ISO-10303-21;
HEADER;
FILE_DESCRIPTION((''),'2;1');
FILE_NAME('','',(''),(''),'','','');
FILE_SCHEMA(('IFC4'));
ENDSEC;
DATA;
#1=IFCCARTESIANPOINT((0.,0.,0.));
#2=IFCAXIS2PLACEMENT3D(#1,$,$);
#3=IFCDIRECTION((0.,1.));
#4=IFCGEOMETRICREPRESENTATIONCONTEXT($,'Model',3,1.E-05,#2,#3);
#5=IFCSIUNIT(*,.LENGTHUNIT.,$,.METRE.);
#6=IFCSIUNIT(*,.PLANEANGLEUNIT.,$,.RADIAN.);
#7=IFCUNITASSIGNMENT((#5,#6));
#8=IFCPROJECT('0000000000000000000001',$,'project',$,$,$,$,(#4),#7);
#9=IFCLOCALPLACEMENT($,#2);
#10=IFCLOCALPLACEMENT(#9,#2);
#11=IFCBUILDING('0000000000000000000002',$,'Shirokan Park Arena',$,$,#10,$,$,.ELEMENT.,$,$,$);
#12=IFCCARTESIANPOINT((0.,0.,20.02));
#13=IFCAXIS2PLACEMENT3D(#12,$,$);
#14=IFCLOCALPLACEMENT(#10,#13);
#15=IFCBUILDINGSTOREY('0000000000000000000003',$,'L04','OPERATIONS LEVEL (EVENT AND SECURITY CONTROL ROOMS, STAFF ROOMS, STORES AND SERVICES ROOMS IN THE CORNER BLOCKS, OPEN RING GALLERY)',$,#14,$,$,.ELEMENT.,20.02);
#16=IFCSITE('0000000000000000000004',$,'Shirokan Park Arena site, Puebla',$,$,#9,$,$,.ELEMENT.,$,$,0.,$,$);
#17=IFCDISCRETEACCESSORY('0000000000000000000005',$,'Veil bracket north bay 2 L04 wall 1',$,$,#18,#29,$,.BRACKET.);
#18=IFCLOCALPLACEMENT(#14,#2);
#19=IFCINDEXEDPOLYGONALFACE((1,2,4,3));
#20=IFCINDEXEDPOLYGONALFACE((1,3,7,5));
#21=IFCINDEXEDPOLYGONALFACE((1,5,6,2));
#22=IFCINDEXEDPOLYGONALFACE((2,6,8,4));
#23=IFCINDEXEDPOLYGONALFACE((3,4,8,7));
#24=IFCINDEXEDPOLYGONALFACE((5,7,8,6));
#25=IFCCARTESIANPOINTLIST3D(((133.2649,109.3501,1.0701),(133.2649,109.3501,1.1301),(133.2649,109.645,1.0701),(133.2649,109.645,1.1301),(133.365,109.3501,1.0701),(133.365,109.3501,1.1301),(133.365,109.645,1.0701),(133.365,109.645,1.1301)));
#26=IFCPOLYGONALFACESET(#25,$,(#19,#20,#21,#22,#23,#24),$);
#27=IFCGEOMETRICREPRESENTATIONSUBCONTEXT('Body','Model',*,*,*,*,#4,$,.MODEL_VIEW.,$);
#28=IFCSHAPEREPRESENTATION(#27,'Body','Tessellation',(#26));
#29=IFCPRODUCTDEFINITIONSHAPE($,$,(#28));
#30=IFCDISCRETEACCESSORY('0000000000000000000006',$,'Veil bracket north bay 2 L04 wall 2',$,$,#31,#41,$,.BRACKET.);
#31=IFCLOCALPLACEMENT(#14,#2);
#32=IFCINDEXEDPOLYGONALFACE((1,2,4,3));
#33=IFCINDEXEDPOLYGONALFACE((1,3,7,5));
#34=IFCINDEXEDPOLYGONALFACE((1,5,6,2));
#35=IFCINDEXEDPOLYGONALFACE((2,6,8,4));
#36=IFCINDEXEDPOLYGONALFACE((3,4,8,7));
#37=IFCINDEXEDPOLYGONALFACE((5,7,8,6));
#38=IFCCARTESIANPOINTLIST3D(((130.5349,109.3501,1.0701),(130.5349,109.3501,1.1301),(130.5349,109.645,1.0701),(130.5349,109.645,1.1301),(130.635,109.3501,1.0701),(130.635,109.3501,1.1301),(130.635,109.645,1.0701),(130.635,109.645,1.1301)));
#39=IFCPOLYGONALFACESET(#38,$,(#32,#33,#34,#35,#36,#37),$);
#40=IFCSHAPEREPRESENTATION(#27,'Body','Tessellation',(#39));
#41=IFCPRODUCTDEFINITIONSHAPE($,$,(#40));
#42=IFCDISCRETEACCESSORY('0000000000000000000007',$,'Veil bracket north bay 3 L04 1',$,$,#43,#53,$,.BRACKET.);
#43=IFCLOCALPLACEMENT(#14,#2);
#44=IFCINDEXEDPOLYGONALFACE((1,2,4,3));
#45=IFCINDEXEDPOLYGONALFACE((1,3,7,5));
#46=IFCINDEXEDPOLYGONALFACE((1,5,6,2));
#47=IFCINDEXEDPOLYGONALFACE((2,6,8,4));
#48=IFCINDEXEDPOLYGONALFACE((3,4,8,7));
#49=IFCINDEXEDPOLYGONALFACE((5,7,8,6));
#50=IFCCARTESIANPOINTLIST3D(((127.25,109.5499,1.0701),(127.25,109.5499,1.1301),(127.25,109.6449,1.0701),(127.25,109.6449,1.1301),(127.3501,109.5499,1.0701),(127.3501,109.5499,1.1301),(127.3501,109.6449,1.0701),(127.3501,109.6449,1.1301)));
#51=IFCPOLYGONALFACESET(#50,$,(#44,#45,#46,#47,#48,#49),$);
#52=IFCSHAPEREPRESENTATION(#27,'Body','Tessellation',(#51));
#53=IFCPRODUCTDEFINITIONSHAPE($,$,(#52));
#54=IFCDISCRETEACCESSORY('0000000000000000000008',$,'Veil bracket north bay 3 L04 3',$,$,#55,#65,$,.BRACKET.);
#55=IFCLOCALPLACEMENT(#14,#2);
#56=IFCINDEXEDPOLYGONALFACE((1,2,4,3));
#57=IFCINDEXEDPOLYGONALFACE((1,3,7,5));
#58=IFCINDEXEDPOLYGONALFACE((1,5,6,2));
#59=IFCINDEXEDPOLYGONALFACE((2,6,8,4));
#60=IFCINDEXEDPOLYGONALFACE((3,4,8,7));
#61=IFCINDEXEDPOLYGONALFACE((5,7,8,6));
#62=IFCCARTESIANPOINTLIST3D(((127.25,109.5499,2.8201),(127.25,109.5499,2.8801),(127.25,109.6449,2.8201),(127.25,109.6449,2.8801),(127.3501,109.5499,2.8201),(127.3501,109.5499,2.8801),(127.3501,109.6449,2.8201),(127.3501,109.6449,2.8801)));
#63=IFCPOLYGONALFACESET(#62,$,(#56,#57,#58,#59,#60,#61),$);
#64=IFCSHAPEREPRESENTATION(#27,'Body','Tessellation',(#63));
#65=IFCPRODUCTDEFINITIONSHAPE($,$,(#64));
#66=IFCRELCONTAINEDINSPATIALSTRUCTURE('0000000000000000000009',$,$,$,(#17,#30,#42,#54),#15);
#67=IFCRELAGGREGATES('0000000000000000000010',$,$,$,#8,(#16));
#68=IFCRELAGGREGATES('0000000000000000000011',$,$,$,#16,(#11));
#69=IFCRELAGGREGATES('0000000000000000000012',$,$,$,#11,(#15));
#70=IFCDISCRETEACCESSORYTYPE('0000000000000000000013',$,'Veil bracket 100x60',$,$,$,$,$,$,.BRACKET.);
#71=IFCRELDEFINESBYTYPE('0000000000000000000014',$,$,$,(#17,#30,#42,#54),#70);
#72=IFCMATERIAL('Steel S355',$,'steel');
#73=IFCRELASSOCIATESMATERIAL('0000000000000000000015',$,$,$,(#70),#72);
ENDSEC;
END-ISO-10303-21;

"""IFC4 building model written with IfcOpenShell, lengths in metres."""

from ifc_helpers import new_model, si_unit, direction, frame, origin, origin_2d, place, context, subcontext, project, spatial, rectangle, extrude, material, type_object, element, save


model = new_model("IFC4")

# Units and contexts
model_context = context("Model", 3, precision=1e-05, world=origin(), true_north=direction((0.0, 1.0)))
body_context = subcontext(model_context, "Body", "Model", "MODEL_VIEW")
ifc_project = project(units=[si_unit("LENGTHUNIT", "METRE"), si_unit("PLANEANGLEUNIT", "RADIAN")], contexts=[model_context])

# Site, building, storey
site_placement = place(None, origin())
site = spatial("IfcSite", under=ifc_project, at=site_placement, Name="Shirokan Park Arena site, Puebla", CompositionType="ELEMENT", RefElevation=0.0)
building_placement = place(site_placement, origin())
building = spatial("IfcBuilding", under=site, at=building_placement, Name="Shirokan Park Arena", CompositionType="ELEMENT")
storey_placement = place(building_placement, frame((0.0, 0.0, 20.02)))
storey = spatial("IfcBuildingStorey", under=building, at=storey_placement, Name="L04", Description="OPERATIONS LEVEL (EVENT AND SECURITY CONTROL ROOMS, STAFF ROOMS, STORES AND SERVICES ROOMS IN THE CORNER BLOCKS, OPEN RING GALLERY)", CompositionType="ELEMENT", Elevation=20.02)

# Discrete accessories
ifc_material_1 = material(Name="Steel S355", Category="steel")
discrete_accessory_type = type_object("IfcDiscreteAccessoryType", Name="Veil bracket 100x60", PredefinedType="BRACKET", material=ifc_material_1)
for number, where, z_axis, x_axis, name in (
    (1, (133.3149, 109.4976, 1.0701), (0.0, 0.0, 1.0), (-1.0, 0.0, 0.0), "Veil bracket north bay 2 L04 wall 1"),
    (2, (130.585, 109.4976, 1.0701), (0.0, 0.0, 1.0), (-1.0, 0.0, 0.0), "Veil bracket north bay 2 L04 wall 2"),
):
    element("IfcDiscreteAccessory", number, at=place(storey_placement, frame(where, z_axis=z_axis, x_axis=x_axis)), inside=storey, type_object=discrete_accessory_type, Name=name, PredefinedType="BRACKET", context=body_context, shape_type="SweptSolid", body=[
        extrude(rectangle(XDim=0.1001, YDim=0.2949, at=origin_2d()), origin(), (0.0, 0.0, 1.0), 0.0601),
    ])
for number, where, z_axis, x_axis, name in (
    (3, (127.3, 109.5974, 1.0701), (0.0, 0.0, 1.0), (-1.0, 0.0, 0.0), "Veil bracket north bay 3 L04 1"),
    (4, (127.3, 109.5974, 2.8201), (0.0, 0.0, 1.0), (-1.0, 0.0, 0.0), "Veil bracket north bay 3 L04 3"),
):
    element("IfcDiscreteAccessory", number, at=place(storey_placement, frame(where, z_axis=z_axis, x_axis=x_axis)), inside=storey, type_object=discrete_accessory_type, Name=name, PredefinedType="BRACKET", context=body_context, shape_type="SweptSolid", body=[
        extrude(rectangle(XDim=0.1001, YDim=0.095, at=origin_2d()), origin(), (0.0, 0.0, 1.0), 0.0601),
    ])

save(model, "model.ifc")
